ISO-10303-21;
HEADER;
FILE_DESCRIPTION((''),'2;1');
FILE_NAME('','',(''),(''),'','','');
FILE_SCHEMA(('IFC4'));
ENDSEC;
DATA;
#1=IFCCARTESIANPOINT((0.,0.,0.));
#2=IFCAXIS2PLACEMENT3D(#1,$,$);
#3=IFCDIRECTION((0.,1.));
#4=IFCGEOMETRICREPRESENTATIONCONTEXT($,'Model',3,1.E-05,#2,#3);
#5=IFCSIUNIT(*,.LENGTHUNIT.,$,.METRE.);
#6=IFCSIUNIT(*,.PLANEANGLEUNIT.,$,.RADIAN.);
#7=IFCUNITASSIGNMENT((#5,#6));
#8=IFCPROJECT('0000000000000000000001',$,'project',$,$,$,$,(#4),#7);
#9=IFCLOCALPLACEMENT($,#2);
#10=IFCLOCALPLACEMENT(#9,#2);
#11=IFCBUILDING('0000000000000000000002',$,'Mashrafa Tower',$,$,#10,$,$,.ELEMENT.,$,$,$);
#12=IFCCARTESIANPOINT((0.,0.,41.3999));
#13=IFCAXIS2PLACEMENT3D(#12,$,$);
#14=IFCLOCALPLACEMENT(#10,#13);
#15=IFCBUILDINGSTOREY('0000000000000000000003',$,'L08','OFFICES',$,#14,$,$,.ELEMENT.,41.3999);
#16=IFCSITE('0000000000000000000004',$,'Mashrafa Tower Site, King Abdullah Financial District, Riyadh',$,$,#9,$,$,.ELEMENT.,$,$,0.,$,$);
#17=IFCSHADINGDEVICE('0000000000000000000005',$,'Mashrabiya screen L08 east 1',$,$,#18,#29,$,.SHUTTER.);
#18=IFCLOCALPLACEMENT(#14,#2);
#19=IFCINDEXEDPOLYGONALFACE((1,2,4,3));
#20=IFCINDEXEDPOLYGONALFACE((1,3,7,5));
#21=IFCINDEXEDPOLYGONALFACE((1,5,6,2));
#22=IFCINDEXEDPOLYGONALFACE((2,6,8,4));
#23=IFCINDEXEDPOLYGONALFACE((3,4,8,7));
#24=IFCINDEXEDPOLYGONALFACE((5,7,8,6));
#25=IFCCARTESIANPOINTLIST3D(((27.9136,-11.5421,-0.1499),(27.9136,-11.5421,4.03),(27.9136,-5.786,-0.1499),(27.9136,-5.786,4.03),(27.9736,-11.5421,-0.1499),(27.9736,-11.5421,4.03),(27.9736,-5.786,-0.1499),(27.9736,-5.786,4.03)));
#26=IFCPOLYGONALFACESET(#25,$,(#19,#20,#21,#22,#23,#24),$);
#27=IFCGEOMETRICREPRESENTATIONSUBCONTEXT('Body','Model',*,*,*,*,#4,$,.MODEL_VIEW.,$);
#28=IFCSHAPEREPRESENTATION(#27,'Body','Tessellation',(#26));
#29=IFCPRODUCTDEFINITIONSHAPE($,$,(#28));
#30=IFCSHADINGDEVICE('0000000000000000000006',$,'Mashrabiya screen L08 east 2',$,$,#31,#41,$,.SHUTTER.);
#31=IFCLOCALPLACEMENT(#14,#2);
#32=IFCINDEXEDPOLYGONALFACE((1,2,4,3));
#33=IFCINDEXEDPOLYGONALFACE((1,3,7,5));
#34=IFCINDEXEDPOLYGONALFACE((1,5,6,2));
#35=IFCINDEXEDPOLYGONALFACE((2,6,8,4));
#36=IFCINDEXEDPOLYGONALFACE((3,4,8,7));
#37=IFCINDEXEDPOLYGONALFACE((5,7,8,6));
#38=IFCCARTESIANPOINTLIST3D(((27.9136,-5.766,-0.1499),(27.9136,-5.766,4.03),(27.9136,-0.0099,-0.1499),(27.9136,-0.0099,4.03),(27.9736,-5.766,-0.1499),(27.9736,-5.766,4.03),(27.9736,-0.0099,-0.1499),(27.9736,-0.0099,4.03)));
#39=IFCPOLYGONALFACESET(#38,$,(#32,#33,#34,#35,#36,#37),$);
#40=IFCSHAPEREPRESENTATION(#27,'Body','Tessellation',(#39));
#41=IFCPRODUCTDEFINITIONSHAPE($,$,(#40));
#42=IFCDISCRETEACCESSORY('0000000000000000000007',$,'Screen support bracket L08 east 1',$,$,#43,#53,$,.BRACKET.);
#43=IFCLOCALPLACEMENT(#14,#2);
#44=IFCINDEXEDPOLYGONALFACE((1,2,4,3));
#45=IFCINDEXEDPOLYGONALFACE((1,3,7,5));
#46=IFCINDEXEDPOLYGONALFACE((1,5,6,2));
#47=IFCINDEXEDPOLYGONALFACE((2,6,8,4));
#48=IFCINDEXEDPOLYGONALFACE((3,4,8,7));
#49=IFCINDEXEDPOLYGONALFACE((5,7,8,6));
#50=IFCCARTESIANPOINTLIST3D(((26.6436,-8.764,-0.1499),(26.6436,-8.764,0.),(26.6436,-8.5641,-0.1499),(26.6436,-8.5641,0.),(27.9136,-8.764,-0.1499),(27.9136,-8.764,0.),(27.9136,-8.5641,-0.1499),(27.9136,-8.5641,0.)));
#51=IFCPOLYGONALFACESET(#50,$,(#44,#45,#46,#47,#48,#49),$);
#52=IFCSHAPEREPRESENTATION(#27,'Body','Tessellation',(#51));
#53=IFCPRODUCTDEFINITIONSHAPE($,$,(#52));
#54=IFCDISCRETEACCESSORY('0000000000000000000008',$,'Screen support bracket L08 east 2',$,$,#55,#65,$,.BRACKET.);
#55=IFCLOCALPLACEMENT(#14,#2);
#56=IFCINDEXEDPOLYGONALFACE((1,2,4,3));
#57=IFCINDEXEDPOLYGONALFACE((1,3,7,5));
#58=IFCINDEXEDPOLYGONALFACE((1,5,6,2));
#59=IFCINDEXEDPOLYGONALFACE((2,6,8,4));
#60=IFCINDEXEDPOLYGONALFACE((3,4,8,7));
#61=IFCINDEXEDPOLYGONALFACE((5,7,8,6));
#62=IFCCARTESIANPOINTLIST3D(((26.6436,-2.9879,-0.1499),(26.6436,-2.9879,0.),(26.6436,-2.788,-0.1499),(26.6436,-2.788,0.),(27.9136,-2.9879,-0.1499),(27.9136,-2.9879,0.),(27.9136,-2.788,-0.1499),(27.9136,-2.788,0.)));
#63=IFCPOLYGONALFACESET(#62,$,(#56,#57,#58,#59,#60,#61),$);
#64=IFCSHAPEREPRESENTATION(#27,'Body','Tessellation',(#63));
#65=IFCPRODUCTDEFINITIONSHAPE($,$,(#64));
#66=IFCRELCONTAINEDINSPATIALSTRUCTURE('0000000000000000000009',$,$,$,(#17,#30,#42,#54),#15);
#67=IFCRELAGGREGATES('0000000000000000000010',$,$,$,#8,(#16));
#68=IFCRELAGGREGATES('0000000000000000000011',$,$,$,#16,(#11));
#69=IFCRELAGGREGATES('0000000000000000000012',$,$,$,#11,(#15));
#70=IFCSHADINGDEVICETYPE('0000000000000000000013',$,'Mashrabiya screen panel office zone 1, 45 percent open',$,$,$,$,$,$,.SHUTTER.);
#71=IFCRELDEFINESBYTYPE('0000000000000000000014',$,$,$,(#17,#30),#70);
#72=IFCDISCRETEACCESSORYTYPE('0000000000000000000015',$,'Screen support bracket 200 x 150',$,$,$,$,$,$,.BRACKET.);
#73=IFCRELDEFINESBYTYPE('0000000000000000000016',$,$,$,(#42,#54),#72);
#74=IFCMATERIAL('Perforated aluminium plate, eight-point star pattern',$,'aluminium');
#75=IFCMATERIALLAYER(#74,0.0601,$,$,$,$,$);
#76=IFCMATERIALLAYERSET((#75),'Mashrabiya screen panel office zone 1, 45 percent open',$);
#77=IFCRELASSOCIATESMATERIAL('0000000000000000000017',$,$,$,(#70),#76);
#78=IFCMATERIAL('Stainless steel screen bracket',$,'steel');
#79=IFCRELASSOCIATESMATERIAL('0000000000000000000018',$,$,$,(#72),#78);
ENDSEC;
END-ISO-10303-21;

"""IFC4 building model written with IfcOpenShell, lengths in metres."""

from ifc_helpers import new_model, si_unit, direction, frame, origin, origin_2d, place, context, subcontext, project, spatial, rectangle, extrude, source, transform, mapped, material, layer, layer_set, type_object, type_shapes, element, save


model = new_model("IFC4")

# Units and contexts
model_context = context("Model", 3, precision=1e-05, world=origin(), true_north=direction((0.0, 1.0)))
body_context = subcontext(model_context, "Body", "Model", "MODEL_VIEW")
ifc_project = project(units=[si_unit("LENGTHUNIT", "METRE"), si_unit("PLANEANGLEUNIT", "RADIAN")], contexts=[model_context])

# Site, building, storey
site_placement = place(None, origin())
site = spatial("IfcSite", under=ifc_project, at=site_placement, Name="Mashrafa Tower Site, King Abdullah Financial District, Riyadh", CompositionType="ELEMENT", RefElevation=0.0)
building_placement = place(site_placement, origin())
building = spatial("IfcBuilding", under=site, at=building_placement, Name="Mashrafa Tower", CompositionType="ELEMENT")
storey_placement = place(building_placement, frame((0.0, 0.0, 41.3999)))
storey = spatial("IfcBuildingStorey", under=building, at=storey_placement, Name="L08", Description="OFFICES", CompositionType="ELEMENT", Elevation=41.3999)

# Shading devices
ifc_material_1 = material(Name="Perforated aluminium plate, eight-point star pattern", Category="aluminium")
ifc_layer_1 = layer(ifc_material_1, 0.0601)
ifc_layer_set_1 = layer_set([ifc_layer_1], Name="Mashrabiya screen panel office zone 1, 45 percent open")
shading_device_type = type_object("IfcShadingDeviceType", Name="Mashrabiya screen panel office zone 1, 45 percent open", PredefinedType="SHUTTER", material=ifc_layer_set_1)
shared_shape_1 = source(origin(), body_context, "Body", "SweptSolid", [
    extrude(rectangle(XDim=5.7561, YDim=0.0601, at=origin_2d()), origin(), (0.0, 0.0, 1.0), 4.1799),
])
type_shapes(shading_device_type, [shared_shape_1])
for number, where, z_axis, x_axis, name in (
    (1, (27.9436, -8.6641, -0.1499), (0.0, 0.0, 1.0), (0.0, 1.0, 0.0), "Mashrabiya screen L08 east 1"),
    (2, (27.9436, -2.8879, -0.1499), (0.0, 0.0, 1.0), (0.0, 1.0, 0.0), "Mashrabiya screen L08 east 2"),
):
    element("IfcShadingDevice", number, at=place(storey_placement, frame(where, z_axis=z_axis, x_axis=x_axis)), inside=storey, type_object=shading_device_type, Name=name, PredefinedType="SHUTTER", context=body_context, shape_type="MappedRepresentation", body=[
        mapped(shared_shape_1, transform((0.0, 0.0, 0.0))),
    ])

# Discrete accessories
ifc_material_2 = material(Name="Stainless steel screen bracket", Category="steel")
discrete_accessory_type = type_object("IfcDiscreteAccessoryType", Name="Screen support bracket 200 x 150", PredefinedType="BRACKET", material=ifc_material_2)
shared_shape_2 = source(origin(), body_context, "Body", "SweptSolid", [
    extrude(rectangle(XDim=0.2, YDim=1.27, at=origin_2d()), origin(), (0.0, 0.0, 1.0), 0.1499),
])
type_shapes(discrete_accessory_type, [shared_shape_2])
for number, where, z_axis, x_axis, name in (
    (3, (27.2786, -8.6641, -0.1499), (0.0, 0.0, 1.0), (0.0, 1.0, 0.0), "Screen support bracket L08 east 1"),
    (4, (27.2786, -2.8879, -0.1499), (0.0, 0.0, 1.0), (0.0, 1.0, 0.0), "Screen support bracket L08 east 2"),
):
    element("IfcDiscreteAccessory", number, at=place(storey_placement, frame(where, z_axis=z_axis, x_axis=x_axis)), inside=storey, type_object=discrete_accessory_type, Name=name, PredefinedType="BRACKET", context=body_context, shape_type="MappedRepresentation", body=[
        mapped(shared_shape_2, transform((0.0, 0.0, 0.0))),
    ])

save(model, "model.ifc")
